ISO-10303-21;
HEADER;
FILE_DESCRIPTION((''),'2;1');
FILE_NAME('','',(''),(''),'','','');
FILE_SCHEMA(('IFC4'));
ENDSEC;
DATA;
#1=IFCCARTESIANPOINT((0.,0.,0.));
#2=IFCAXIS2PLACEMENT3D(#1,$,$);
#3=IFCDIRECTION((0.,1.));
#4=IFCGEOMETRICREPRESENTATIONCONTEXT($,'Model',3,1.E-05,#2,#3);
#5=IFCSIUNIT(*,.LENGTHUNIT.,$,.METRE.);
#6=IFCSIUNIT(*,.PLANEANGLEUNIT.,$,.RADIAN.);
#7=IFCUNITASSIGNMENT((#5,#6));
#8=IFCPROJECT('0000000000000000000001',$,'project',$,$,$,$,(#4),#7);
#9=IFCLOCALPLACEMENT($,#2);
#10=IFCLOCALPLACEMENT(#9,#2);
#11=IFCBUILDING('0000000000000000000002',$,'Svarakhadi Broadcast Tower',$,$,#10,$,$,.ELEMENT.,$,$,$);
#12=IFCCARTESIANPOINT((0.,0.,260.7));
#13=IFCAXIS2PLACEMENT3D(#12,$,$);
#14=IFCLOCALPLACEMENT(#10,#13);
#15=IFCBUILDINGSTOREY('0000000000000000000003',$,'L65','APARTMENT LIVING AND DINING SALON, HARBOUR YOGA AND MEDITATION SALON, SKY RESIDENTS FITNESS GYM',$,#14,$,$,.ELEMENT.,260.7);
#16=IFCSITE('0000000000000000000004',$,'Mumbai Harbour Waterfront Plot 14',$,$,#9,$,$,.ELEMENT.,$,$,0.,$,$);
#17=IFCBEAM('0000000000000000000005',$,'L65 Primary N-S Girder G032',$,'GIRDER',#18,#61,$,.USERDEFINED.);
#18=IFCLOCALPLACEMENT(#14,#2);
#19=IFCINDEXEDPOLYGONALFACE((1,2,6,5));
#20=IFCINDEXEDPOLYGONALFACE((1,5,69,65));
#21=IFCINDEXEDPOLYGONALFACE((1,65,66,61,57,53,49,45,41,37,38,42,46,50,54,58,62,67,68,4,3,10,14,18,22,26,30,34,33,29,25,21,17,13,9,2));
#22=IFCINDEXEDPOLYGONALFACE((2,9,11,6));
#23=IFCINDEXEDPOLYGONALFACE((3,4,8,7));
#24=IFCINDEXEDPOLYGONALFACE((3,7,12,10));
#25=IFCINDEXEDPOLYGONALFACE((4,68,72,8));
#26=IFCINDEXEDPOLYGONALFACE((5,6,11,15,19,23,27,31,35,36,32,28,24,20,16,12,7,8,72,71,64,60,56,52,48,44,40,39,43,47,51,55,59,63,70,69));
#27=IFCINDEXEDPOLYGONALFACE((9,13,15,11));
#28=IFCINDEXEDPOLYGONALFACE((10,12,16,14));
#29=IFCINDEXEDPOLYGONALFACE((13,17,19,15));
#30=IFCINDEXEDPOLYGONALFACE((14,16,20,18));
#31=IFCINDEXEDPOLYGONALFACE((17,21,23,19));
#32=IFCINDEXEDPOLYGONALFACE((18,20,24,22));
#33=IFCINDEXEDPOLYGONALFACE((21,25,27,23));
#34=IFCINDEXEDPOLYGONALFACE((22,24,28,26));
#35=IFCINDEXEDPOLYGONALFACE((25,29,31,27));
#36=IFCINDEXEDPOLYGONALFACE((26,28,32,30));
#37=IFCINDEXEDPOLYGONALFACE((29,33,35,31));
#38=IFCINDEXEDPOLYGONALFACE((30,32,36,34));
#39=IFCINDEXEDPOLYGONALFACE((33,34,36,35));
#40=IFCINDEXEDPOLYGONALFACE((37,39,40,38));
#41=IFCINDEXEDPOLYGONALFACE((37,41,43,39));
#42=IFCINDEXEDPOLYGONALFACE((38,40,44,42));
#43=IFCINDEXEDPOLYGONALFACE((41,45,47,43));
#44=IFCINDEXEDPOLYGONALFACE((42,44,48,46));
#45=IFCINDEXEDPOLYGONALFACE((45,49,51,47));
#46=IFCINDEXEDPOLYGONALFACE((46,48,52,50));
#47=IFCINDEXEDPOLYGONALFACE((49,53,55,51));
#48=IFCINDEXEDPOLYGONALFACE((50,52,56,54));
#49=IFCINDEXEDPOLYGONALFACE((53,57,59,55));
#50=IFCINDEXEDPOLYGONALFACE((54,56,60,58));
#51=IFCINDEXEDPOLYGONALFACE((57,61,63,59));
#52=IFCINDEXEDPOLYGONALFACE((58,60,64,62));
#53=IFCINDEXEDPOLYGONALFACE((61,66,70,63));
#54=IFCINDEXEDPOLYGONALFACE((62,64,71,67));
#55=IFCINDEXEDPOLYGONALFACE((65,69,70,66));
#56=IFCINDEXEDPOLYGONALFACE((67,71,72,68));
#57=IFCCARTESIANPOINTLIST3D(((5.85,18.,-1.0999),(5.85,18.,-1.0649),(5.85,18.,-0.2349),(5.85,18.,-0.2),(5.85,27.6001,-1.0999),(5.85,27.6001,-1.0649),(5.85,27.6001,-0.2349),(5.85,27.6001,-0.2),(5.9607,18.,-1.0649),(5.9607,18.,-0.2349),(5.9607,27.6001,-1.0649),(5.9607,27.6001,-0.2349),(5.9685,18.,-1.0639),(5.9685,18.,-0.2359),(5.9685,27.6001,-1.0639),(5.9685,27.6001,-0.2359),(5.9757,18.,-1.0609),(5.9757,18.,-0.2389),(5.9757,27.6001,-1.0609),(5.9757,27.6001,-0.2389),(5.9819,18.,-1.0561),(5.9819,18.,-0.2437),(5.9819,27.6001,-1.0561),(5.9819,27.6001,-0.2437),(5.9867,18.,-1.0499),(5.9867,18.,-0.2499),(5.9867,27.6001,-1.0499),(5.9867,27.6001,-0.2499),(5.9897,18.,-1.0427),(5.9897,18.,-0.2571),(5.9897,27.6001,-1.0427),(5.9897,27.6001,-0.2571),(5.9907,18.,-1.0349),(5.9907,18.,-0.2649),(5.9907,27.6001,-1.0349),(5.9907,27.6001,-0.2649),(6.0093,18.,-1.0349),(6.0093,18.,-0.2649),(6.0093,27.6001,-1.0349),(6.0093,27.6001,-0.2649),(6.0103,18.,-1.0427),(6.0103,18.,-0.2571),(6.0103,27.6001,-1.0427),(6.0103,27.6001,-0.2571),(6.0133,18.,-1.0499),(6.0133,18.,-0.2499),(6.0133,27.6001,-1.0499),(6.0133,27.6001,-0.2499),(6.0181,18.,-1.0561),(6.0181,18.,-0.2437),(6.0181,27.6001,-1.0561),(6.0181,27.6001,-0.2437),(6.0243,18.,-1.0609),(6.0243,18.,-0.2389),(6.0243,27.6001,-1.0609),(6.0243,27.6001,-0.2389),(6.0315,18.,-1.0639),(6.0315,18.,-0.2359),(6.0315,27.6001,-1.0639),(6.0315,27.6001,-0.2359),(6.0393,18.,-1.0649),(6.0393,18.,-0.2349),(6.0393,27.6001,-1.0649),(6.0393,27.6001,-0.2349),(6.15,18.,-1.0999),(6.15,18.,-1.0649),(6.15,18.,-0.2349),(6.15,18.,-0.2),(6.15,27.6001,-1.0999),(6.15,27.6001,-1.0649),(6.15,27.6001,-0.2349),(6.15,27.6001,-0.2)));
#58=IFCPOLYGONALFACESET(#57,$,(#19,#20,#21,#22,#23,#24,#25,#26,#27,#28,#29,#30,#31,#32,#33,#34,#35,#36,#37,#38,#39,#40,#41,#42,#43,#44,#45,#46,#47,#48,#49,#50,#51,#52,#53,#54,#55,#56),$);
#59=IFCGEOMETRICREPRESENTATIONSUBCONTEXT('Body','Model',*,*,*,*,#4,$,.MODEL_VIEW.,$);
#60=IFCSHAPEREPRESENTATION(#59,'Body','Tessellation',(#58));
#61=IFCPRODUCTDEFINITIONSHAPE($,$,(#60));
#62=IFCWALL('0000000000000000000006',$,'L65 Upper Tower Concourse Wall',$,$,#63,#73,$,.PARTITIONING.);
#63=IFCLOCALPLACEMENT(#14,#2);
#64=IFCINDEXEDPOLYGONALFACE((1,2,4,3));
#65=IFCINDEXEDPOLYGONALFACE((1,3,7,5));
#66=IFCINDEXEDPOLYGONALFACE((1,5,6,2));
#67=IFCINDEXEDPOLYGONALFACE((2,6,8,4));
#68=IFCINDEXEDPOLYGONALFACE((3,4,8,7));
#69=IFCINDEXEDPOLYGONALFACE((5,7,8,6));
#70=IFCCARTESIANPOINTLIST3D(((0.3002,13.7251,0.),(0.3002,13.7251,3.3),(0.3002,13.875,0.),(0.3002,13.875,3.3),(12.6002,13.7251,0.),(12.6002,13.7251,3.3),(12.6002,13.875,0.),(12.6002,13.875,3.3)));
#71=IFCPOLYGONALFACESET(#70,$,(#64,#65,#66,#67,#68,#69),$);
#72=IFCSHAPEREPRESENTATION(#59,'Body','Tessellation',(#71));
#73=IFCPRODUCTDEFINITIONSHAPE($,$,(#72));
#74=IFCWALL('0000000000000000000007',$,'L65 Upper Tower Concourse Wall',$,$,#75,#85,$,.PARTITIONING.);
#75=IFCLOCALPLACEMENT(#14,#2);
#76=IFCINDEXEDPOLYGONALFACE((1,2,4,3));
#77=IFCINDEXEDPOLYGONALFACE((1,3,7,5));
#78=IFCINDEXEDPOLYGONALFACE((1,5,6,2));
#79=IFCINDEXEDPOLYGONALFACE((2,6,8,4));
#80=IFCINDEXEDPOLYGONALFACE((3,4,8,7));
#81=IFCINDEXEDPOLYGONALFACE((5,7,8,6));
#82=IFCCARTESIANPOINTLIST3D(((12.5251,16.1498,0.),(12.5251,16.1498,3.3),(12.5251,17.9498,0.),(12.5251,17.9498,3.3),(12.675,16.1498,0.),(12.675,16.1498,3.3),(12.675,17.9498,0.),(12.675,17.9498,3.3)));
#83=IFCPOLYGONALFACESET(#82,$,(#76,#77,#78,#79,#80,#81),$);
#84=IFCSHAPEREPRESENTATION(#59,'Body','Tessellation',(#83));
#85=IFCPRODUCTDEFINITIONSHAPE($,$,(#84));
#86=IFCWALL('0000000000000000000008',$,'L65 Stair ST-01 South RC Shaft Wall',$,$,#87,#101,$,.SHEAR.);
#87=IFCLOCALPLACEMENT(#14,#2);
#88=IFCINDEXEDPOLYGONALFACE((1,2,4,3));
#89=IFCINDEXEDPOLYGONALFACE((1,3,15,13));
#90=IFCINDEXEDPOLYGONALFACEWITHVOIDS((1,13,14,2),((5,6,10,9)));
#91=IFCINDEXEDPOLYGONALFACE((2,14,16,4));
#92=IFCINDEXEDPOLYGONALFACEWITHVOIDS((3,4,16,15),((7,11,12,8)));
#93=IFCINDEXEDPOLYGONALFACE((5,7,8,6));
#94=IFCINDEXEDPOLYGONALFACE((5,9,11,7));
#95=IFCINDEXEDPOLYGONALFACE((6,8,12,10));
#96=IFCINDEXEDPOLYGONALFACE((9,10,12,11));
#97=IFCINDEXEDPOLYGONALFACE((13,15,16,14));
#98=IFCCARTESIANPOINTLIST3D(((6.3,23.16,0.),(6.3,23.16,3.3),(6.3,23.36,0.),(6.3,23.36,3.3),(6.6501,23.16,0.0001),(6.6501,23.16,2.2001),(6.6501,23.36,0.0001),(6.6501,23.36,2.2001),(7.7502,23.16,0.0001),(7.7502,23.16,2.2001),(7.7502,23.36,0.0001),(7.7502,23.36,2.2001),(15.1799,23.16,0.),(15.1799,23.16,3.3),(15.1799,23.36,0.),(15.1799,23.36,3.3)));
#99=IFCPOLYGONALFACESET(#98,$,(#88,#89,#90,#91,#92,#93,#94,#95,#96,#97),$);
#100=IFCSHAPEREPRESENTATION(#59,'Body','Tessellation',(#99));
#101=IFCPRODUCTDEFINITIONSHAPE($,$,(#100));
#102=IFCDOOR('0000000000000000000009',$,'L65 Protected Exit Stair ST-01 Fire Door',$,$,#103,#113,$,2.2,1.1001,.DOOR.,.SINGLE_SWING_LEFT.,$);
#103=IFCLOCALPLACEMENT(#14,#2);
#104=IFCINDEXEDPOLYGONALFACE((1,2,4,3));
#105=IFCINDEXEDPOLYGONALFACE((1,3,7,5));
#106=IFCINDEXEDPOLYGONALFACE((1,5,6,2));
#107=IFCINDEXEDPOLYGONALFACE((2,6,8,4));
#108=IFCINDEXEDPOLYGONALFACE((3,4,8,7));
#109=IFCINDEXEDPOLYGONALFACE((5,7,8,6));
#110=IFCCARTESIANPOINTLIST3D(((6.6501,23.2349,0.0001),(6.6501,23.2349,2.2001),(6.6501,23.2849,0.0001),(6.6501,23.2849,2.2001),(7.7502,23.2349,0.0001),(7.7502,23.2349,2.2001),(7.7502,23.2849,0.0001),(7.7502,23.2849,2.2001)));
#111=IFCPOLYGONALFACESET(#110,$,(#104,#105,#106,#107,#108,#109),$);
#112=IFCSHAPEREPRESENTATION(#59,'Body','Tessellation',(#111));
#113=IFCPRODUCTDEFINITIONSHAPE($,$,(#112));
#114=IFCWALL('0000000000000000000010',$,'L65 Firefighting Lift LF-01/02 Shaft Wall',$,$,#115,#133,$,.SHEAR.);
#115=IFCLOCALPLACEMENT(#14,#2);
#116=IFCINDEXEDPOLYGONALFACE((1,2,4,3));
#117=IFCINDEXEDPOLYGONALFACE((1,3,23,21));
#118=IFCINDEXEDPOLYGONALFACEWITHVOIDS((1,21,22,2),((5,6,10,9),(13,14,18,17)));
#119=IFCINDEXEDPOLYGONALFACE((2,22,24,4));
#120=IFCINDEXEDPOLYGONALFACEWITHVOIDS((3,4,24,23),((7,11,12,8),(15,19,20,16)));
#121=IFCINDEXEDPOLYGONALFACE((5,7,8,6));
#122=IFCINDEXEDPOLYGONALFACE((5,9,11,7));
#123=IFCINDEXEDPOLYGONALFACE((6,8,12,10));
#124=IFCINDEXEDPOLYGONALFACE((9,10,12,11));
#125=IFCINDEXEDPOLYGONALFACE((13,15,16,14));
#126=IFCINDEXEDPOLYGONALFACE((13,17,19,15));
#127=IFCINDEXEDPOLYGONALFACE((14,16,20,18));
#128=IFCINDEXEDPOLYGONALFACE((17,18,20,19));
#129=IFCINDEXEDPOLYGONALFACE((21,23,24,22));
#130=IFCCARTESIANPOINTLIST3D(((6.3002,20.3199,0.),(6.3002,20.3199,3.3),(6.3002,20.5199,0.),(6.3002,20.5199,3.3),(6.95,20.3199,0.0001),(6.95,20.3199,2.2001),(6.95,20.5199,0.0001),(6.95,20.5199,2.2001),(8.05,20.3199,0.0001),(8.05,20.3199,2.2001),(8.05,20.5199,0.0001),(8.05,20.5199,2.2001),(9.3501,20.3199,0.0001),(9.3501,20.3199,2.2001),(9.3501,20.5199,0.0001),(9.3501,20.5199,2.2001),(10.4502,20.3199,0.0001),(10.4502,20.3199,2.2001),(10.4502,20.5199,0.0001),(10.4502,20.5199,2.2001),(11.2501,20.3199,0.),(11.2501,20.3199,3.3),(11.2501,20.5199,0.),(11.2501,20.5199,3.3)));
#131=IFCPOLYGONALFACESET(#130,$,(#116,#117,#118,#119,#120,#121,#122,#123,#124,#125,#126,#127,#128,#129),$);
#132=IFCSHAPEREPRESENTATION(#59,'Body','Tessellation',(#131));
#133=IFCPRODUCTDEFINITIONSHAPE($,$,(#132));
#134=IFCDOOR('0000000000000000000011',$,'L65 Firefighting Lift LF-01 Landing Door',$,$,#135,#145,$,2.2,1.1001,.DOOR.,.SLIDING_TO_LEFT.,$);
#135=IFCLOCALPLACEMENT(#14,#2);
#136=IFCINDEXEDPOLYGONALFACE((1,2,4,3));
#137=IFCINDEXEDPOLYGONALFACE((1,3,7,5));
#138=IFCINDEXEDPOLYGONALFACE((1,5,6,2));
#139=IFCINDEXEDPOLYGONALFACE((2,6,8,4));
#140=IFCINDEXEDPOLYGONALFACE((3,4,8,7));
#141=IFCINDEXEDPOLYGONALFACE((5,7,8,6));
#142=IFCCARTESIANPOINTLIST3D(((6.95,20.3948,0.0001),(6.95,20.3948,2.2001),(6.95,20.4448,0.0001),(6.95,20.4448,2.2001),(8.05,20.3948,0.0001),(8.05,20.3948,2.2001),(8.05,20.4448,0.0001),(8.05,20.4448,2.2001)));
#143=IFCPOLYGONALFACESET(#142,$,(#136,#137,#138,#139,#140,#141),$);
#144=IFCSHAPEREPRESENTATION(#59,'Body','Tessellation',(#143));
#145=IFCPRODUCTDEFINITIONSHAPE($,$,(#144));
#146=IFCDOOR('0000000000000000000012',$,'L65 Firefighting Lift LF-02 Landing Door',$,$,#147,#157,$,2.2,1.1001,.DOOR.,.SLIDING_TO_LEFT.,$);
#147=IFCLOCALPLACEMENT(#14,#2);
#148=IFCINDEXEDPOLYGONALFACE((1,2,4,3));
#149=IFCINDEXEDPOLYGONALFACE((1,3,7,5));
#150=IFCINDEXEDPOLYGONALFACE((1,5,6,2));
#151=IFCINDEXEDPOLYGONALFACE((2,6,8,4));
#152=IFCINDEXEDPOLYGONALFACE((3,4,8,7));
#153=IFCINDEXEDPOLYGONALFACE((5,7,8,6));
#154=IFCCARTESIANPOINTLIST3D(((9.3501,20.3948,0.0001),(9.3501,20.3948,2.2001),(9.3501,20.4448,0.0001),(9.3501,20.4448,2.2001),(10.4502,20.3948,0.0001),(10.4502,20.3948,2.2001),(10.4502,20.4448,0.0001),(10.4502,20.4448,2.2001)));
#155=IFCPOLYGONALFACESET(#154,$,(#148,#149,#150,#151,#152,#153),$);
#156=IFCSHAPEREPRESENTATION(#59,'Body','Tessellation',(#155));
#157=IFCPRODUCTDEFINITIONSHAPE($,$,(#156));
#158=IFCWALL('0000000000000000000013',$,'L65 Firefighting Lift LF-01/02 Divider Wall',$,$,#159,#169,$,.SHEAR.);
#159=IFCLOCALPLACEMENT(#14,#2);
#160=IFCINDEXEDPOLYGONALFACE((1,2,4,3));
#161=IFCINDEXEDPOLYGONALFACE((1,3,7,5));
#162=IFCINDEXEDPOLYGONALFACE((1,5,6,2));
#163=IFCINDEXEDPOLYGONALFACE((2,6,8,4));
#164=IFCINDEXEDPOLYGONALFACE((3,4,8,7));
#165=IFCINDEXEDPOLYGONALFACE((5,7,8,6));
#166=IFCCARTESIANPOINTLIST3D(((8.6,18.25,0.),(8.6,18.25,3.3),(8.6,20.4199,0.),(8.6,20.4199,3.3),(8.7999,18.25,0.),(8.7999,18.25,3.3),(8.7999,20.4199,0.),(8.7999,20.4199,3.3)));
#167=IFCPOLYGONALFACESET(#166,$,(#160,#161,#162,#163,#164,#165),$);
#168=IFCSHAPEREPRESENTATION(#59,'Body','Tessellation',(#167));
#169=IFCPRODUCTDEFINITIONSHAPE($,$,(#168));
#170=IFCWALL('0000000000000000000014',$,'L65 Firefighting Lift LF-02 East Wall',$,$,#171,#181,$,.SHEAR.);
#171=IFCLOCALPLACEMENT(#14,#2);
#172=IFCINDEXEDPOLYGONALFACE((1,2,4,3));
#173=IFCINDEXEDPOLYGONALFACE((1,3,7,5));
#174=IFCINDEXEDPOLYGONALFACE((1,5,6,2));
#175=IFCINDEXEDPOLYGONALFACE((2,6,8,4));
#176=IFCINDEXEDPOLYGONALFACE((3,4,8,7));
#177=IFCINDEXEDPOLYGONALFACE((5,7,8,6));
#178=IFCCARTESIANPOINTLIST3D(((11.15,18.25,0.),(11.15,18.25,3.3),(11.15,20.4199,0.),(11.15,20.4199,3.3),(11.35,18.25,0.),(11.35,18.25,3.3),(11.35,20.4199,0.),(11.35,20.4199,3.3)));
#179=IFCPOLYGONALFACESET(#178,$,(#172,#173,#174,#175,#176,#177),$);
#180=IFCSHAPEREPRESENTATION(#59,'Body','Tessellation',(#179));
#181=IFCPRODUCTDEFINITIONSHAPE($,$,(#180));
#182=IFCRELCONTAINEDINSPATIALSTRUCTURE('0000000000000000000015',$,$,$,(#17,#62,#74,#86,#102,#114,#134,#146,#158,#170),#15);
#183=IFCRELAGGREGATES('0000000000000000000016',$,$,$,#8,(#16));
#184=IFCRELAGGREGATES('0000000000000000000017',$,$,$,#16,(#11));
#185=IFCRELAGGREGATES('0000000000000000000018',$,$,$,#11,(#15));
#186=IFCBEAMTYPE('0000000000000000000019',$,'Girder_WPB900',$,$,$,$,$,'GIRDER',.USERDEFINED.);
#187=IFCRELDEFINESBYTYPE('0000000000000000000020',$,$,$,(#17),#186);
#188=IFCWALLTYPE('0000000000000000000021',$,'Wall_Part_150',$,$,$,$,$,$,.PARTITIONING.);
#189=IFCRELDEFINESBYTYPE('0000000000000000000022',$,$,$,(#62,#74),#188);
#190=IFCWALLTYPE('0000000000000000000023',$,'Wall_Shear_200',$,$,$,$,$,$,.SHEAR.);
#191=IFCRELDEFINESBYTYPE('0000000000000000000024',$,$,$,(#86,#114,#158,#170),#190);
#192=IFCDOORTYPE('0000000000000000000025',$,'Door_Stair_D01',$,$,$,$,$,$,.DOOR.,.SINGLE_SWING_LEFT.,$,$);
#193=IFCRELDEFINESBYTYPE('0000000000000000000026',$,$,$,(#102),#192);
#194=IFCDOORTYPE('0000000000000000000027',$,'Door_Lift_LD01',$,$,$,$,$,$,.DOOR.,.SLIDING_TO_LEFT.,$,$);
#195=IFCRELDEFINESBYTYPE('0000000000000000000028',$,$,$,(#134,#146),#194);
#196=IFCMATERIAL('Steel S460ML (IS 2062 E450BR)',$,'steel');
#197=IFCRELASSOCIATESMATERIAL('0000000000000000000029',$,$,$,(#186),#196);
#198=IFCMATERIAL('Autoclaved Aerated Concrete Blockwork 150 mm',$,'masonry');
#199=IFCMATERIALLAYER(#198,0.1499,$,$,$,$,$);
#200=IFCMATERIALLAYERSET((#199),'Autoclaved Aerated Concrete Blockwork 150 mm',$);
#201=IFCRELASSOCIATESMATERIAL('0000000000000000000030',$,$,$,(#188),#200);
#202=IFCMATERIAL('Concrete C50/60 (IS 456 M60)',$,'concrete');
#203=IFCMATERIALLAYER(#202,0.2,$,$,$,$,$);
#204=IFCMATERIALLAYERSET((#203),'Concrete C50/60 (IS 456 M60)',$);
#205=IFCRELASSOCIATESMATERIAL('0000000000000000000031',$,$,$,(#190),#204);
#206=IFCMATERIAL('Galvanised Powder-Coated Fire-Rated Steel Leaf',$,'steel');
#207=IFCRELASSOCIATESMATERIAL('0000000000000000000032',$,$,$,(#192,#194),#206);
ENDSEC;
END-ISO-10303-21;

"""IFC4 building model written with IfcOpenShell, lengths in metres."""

from ifc_helpers import new_model, si_unit, direction, frame, frame_2d, origin, origin_2d, place, context, subcontext, project, spatial, rectangle, i_section, extrude, material, layer, layer_set, material_profile, profile_set, type_object, element, fill, save


model = new_model("IFC4")

# Units and contexts
model_context = context("Model", 3, precision=1e-05, world=origin(), true_north=direction((0.0, 1.0)))
body_context = subcontext(model_context, "Body", "Model", "MODEL_VIEW")
ifc_project = project(units=[si_unit("LENGTHUNIT", "METRE"), si_unit("PLANEANGLEUNIT", "RADIAN")], contexts=[model_context])

# Site, building, storey
site_placement = place(None, origin())
site = spatial("IfcSite", under=ifc_project, at=site_placement, Name="Mumbai Harbour Waterfront Plot 14", CompositionType="ELEMENT", RefElevation=0.0)
building_placement = place(site_placement, origin())
building = spatial("IfcBuilding", under=site, at=building_placement, Name="Svarakhadi Broadcast Tower", CompositionType="ELEMENT")
storey_placement = place(building_placement, frame((0.0, 0.0, 260.7)))
storey = spatial("IfcBuildingStorey", under=building, at=storey_placement, Name="L65", Description="APARTMENT LIVING AND DINING SALON, HARBOUR YOGA AND MEDITATION SALON, SKY RESIDENTS FITNESS GYM", CompositionType="ELEMENT", Elevation=260.7)

# Shared definitions
ifc_material_1 = material(Name="Concrete C50/60 (IS 456 M60)", Category="concrete")
ifc_material_2 = material(Name="Steel S460ML (IS 2062 E450BR)", Category="steel")

# Beam
ifc_material_profile_1 = material_profile(ifc_material_2, i_section(OverallWidth=0.3, OverallDepth=0.8999, WebThickness=0.0186, FlangeThickness=0.0349, FilletRadius=0.03, at=origin_2d()), Name="WPB 900x300x291")
ifc_profile_set_1 = profile_set([ifc_material_profile_1], Name="Steel S460ML (IS 2062 E450BR)")
beam_type_1 = type_object("IfcBeamType", Name="Girder_WPB900", ElementType="GIRDER", PredefinedType="USERDEFINED", material=ifc_profile_set_1)
beam_1_placement = place(storey_placement, frame((6.0, 18.0, -0.6499), z_axis=(0.0, 1.0, 0.0), x_axis=(-1.0, 0.0, 0.0)))
element("IfcBeam", 1, at=beam_1_placement, inside=storey, type_object=beam_type_1, Name="L65 Primary N-S Girder G032", ObjectType="GIRDER", PredefinedType="USERDEFINED", context=body_context, shape_type="SweptSolid", body=[
    extrude(i_section(OverallWidth=0.3, OverallDepth=0.8999, WebThickness=0.0186, FlangeThickness=0.0349, FilletRadius=0.03, at=origin_2d()), origin(), (0.0, 0.0, 1.0), 9.6001),
])

# Walls
ifc_material_3 = material(Name="Autoclaved Aerated Concrete Blockwork 150 mm", Category="masonry")
ifc_layer_1 = layer(ifc_material_3, 0.1499)
ifc_layer_set_1 = layer_set([ifc_layer_1], Name="Autoclaved Aerated Concrete Blockwork 150 mm")
wall_type_1 = type_object("IfcWallType", Name="Wall_Part_150", PredefinedType="PARTITIONING", material=ifc_layer_set_1)
wall_1_placement = place(storey_placement, frame((12.6001, 13.8, 0.0), z_axis=(0.0, 0.0, 1.0), x_axis=(-1.0, 0.0, 0.0)))
element("IfcWall", 2, at=wall_1_placement, inside=storey, type_object=wall_type_1, Name="L65 Upper Tower Concourse Wall", PredefinedType="PARTITIONING", context=body_context, shape_type="SweptSolid", body=[
    extrude(rectangle(XDim=12.3, YDim=0.1499, at=frame_2d((6.1499, 0.0))), origin(), (0.0, 0.0, 1.0), 3.3),
])
wall_2_placement = place(storey_placement, frame((12.6001, 16.1499, 0.0), z_axis=(0.0, 0.0, 1.0), x_axis=(0.0, 1.0, 0.0)))
element("IfcWall", 3, at=wall_2_placement, inside=storey, type_object=wall_type_1, Name="L65 Upper Tower Concourse Wall", PredefinedType="PARTITIONING", context=body_context, shape_type="SweptSolid", body=[
    extrude(rectangle(XDim=1.8, YDim=0.1499, at=frame_2d((0.8999, 0.0))), origin(), (0.0, 0.0, 1.0), 3.3),
])

# Wall, opening, door
ifc_layer_2 = layer(ifc_material_1, 0.2)
ifc_layer_set_2 = layer_set([ifc_layer_2], Name="Concrete C50/60 (IS 456 M60)")
wall_type_2 = type_object("IfcWallType", Name="Wall_Shear_200", PredefinedType="SHEAR", material=ifc_layer_set_2)
wall_3_placement = place(storey_placement, frame((6.3, 23.26, 0.0), z_axis=(0.0, 0.0, 1.0), x_axis=(1.0, 0.0, 0.0)))
wall_3 = element("IfcWall", 4, at=wall_3_placement, inside=storey, type_object=wall_type_2, Name="L65 Stair ST-01 South RC Shaft Wall", PredefinedType="SHEAR", context=body_context, shape_type="SweptSolid", body=[
    extrude(rectangle(XDim=8.8799, YDim=0.2, at=frame_2d((4.4399, 0.0))), origin(), (0.0, 0.0, 1.0), 3.3),
])
opening_1_placement = place(wall_3_placement, frame((0.3501, 0.0, 0.0)))
opening_1 = element("IfcOpeningElement", 5, at=opening_1_placement, cuts=wall_3, PredefinedType="OPENING", context=body_context, shape_type="SweptSolid", body=[
    extrude(rectangle(XDim=1.1001, YDim=2.2, at=frame_2d((0.55, 1.1001))), frame((0.0, 0.1099, 0.0), z_axis=(0.0, -1.0, 0.0), x_axis=(1.0, 0.0, 0.0)), (0.0, 0.0, 1.0), 0.22),
])
ifc_material_4 = material(Name="Galvanised Powder-Coated Fire-Rated Steel Leaf", Category="steel")
door_type_1 = type_object("IfcDoorType", Name="Door_Stair_D01", OperationType="SINGLE_SWING_LEFT", PredefinedType="DOOR", material=ifc_material_4)
door_1_placement = place(opening_1_placement, origin())
door_1 = element("IfcDoor", 6, at=door_1_placement, inside=storey, type_object=door_type_1, Name="L65 Protected Exit Stair ST-01 Fire Door", OperationType="SINGLE_SWING_LEFT", OverallHeight=2.2, OverallWidth=1.1001, PredefinedType="DOOR", context=body_context, shape_type="SweptSolid", body=[
    extrude(rectangle(XDim=1.1001, YDim=2.2, at=frame_2d((0.55, 1.1001))), frame((0.0, 0.0249, 0.0), z_axis=(0.0, -1.0, 0.0), x_axis=(1.0, 0.0, 0.0)), (0.0, 0.0, 1.0), 0.05),
])
fill(opening_1, door_1)

# Wall, openings, doors
wall_4_placement = place(storey_placement, frame((6.3, 20.4199, 0.0), z_axis=(0.0, 0.0, 1.0), x_axis=(1.0, 0.0, 0.0)))
wall_4 = element("IfcWall", 7, at=wall_4_placement, inside=storey, type_object=wall_type_2, Name="L65 Firefighting Lift LF-01/02 Shaft Wall", PredefinedType="SHEAR", context=body_context, shape_type="SweptSolid", body=[
    extrude(rectangle(XDim=4.95, YDim=0.2, at=frame_2d((2.4751, 0.0))), origin(), (0.0, 0.0, 1.0), 3.3),
])
opening_2_placement = place(wall_4_placement, frame((0.6499, 0.0, 0.0)))
opening_2 = element("IfcOpeningElement", 8, at=opening_2_placement, cuts=wall_4, PredefinedType="OPENING", context=body_context, shape_type="SweptSolid", body=[
    extrude(rectangle(XDim=1.1001, YDim=2.2, at=frame_2d((0.55, 1.1001))), frame((0.0, 0.1099, 0.0), z_axis=(0.0, -1.0, 0.0), x_axis=(1.0, 0.0, 0.0)), (0.0, 0.0, 1.0), 0.22),
])
opening_3_placement = place(wall_4_placement, frame((3.05, 0.0, 0.0)))
opening_3 = element("IfcOpeningElement", 9, at=opening_3_placement, cuts=wall_4, PredefinedType="OPENING", context=body_context, shape_type="SweptSolid", body=[
    extrude(rectangle(XDim=1.1001, YDim=2.2, at=frame_2d((0.55, 1.1001))), frame((0.0, 0.1099, 0.0), z_axis=(0.0, -1.0, 0.0), x_axis=(1.0, 0.0, 0.0)), (0.0, 0.0, 1.0), 0.22),
])
door_type_2 = type_object("IfcDoorType", Name="Door_Lift_LD01", OperationType="SLIDING_TO_LEFT", PredefinedType="DOOR", material=ifc_material_4)
door_2_placement = place(opening_2_placement, origin())
door_2 = element("IfcDoor", 10, at=door_2_placement, inside=storey, type_object=door_type_2, Name="L65 Firefighting Lift LF-01 Landing Door", OperationType="SLIDING_TO_LEFT", OverallHeight=2.2, OverallWidth=1.1001, PredefinedType="DOOR", context=body_context, shape_type="SweptSolid", body=[
    extrude(rectangle(XDim=1.1001, YDim=2.2, at=frame_2d((0.55, 1.1001))), frame((0.0, 0.0249, 0.0), z_axis=(0.0, -1.0, 0.0), x_axis=(1.0, 0.0, 0.0)), (0.0, 0.0, 1.0), 0.05),
])
fill(opening_2, door_2)
door_3_placement = place(opening_3_placement, origin())
door_3 = element("IfcDoor", 11, at=door_3_placement, inside=storey, type_object=door_type_2, Name="L65 Firefighting Lift LF-02 Landing Door", OperationType="SLIDING_TO_LEFT", OverallHeight=2.2, OverallWidth=1.1001, PredefinedType="DOOR", context=body_context, shape_type="SweptSolid", body=[
    extrude(rectangle(XDim=1.1001, YDim=2.2, at=frame_2d((0.55, 1.1001))), frame((0.0, 0.0249, 0.0), z_axis=(0.0, -1.0, 0.0), x_axis=(1.0, 0.0, 0.0)), (0.0, 0.0, 1.0), 0.05),
])
fill(opening_3, door_3)

# Walls
for number, where, z_axis, x_axis, name in (
    (12, (8.7, 18.25, 0.0), (0.0, 0.0, 1.0), (0.0, 1.0, 0.0), "L65 Firefighting Lift LF-01/02 Divider Wall"),
    (13, (11.25, 18.25, 0.0), (0.0, 0.0, 1.0), (0.0, 1.0, 0.0), "L65 Firefighting Lift LF-02 East Wall"),
):
    element("IfcWall", number, at=place(storey_placement, frame(where, z_axis=z_axis, x_axis=x_axis)), inside=storey, type_object=wall_type_2, Name=name, PredefinedType="SHEAR", context=body_context, shape_type="SweptSolid", body=[
        extrude(rectangle(XDim=2.1699, YDim=0.2, at=frame_2d((1.085, 0.0))), origin(), (0.0, 0.0, 1.0), 3.3),
    ])

save(model, "model.ifc")
